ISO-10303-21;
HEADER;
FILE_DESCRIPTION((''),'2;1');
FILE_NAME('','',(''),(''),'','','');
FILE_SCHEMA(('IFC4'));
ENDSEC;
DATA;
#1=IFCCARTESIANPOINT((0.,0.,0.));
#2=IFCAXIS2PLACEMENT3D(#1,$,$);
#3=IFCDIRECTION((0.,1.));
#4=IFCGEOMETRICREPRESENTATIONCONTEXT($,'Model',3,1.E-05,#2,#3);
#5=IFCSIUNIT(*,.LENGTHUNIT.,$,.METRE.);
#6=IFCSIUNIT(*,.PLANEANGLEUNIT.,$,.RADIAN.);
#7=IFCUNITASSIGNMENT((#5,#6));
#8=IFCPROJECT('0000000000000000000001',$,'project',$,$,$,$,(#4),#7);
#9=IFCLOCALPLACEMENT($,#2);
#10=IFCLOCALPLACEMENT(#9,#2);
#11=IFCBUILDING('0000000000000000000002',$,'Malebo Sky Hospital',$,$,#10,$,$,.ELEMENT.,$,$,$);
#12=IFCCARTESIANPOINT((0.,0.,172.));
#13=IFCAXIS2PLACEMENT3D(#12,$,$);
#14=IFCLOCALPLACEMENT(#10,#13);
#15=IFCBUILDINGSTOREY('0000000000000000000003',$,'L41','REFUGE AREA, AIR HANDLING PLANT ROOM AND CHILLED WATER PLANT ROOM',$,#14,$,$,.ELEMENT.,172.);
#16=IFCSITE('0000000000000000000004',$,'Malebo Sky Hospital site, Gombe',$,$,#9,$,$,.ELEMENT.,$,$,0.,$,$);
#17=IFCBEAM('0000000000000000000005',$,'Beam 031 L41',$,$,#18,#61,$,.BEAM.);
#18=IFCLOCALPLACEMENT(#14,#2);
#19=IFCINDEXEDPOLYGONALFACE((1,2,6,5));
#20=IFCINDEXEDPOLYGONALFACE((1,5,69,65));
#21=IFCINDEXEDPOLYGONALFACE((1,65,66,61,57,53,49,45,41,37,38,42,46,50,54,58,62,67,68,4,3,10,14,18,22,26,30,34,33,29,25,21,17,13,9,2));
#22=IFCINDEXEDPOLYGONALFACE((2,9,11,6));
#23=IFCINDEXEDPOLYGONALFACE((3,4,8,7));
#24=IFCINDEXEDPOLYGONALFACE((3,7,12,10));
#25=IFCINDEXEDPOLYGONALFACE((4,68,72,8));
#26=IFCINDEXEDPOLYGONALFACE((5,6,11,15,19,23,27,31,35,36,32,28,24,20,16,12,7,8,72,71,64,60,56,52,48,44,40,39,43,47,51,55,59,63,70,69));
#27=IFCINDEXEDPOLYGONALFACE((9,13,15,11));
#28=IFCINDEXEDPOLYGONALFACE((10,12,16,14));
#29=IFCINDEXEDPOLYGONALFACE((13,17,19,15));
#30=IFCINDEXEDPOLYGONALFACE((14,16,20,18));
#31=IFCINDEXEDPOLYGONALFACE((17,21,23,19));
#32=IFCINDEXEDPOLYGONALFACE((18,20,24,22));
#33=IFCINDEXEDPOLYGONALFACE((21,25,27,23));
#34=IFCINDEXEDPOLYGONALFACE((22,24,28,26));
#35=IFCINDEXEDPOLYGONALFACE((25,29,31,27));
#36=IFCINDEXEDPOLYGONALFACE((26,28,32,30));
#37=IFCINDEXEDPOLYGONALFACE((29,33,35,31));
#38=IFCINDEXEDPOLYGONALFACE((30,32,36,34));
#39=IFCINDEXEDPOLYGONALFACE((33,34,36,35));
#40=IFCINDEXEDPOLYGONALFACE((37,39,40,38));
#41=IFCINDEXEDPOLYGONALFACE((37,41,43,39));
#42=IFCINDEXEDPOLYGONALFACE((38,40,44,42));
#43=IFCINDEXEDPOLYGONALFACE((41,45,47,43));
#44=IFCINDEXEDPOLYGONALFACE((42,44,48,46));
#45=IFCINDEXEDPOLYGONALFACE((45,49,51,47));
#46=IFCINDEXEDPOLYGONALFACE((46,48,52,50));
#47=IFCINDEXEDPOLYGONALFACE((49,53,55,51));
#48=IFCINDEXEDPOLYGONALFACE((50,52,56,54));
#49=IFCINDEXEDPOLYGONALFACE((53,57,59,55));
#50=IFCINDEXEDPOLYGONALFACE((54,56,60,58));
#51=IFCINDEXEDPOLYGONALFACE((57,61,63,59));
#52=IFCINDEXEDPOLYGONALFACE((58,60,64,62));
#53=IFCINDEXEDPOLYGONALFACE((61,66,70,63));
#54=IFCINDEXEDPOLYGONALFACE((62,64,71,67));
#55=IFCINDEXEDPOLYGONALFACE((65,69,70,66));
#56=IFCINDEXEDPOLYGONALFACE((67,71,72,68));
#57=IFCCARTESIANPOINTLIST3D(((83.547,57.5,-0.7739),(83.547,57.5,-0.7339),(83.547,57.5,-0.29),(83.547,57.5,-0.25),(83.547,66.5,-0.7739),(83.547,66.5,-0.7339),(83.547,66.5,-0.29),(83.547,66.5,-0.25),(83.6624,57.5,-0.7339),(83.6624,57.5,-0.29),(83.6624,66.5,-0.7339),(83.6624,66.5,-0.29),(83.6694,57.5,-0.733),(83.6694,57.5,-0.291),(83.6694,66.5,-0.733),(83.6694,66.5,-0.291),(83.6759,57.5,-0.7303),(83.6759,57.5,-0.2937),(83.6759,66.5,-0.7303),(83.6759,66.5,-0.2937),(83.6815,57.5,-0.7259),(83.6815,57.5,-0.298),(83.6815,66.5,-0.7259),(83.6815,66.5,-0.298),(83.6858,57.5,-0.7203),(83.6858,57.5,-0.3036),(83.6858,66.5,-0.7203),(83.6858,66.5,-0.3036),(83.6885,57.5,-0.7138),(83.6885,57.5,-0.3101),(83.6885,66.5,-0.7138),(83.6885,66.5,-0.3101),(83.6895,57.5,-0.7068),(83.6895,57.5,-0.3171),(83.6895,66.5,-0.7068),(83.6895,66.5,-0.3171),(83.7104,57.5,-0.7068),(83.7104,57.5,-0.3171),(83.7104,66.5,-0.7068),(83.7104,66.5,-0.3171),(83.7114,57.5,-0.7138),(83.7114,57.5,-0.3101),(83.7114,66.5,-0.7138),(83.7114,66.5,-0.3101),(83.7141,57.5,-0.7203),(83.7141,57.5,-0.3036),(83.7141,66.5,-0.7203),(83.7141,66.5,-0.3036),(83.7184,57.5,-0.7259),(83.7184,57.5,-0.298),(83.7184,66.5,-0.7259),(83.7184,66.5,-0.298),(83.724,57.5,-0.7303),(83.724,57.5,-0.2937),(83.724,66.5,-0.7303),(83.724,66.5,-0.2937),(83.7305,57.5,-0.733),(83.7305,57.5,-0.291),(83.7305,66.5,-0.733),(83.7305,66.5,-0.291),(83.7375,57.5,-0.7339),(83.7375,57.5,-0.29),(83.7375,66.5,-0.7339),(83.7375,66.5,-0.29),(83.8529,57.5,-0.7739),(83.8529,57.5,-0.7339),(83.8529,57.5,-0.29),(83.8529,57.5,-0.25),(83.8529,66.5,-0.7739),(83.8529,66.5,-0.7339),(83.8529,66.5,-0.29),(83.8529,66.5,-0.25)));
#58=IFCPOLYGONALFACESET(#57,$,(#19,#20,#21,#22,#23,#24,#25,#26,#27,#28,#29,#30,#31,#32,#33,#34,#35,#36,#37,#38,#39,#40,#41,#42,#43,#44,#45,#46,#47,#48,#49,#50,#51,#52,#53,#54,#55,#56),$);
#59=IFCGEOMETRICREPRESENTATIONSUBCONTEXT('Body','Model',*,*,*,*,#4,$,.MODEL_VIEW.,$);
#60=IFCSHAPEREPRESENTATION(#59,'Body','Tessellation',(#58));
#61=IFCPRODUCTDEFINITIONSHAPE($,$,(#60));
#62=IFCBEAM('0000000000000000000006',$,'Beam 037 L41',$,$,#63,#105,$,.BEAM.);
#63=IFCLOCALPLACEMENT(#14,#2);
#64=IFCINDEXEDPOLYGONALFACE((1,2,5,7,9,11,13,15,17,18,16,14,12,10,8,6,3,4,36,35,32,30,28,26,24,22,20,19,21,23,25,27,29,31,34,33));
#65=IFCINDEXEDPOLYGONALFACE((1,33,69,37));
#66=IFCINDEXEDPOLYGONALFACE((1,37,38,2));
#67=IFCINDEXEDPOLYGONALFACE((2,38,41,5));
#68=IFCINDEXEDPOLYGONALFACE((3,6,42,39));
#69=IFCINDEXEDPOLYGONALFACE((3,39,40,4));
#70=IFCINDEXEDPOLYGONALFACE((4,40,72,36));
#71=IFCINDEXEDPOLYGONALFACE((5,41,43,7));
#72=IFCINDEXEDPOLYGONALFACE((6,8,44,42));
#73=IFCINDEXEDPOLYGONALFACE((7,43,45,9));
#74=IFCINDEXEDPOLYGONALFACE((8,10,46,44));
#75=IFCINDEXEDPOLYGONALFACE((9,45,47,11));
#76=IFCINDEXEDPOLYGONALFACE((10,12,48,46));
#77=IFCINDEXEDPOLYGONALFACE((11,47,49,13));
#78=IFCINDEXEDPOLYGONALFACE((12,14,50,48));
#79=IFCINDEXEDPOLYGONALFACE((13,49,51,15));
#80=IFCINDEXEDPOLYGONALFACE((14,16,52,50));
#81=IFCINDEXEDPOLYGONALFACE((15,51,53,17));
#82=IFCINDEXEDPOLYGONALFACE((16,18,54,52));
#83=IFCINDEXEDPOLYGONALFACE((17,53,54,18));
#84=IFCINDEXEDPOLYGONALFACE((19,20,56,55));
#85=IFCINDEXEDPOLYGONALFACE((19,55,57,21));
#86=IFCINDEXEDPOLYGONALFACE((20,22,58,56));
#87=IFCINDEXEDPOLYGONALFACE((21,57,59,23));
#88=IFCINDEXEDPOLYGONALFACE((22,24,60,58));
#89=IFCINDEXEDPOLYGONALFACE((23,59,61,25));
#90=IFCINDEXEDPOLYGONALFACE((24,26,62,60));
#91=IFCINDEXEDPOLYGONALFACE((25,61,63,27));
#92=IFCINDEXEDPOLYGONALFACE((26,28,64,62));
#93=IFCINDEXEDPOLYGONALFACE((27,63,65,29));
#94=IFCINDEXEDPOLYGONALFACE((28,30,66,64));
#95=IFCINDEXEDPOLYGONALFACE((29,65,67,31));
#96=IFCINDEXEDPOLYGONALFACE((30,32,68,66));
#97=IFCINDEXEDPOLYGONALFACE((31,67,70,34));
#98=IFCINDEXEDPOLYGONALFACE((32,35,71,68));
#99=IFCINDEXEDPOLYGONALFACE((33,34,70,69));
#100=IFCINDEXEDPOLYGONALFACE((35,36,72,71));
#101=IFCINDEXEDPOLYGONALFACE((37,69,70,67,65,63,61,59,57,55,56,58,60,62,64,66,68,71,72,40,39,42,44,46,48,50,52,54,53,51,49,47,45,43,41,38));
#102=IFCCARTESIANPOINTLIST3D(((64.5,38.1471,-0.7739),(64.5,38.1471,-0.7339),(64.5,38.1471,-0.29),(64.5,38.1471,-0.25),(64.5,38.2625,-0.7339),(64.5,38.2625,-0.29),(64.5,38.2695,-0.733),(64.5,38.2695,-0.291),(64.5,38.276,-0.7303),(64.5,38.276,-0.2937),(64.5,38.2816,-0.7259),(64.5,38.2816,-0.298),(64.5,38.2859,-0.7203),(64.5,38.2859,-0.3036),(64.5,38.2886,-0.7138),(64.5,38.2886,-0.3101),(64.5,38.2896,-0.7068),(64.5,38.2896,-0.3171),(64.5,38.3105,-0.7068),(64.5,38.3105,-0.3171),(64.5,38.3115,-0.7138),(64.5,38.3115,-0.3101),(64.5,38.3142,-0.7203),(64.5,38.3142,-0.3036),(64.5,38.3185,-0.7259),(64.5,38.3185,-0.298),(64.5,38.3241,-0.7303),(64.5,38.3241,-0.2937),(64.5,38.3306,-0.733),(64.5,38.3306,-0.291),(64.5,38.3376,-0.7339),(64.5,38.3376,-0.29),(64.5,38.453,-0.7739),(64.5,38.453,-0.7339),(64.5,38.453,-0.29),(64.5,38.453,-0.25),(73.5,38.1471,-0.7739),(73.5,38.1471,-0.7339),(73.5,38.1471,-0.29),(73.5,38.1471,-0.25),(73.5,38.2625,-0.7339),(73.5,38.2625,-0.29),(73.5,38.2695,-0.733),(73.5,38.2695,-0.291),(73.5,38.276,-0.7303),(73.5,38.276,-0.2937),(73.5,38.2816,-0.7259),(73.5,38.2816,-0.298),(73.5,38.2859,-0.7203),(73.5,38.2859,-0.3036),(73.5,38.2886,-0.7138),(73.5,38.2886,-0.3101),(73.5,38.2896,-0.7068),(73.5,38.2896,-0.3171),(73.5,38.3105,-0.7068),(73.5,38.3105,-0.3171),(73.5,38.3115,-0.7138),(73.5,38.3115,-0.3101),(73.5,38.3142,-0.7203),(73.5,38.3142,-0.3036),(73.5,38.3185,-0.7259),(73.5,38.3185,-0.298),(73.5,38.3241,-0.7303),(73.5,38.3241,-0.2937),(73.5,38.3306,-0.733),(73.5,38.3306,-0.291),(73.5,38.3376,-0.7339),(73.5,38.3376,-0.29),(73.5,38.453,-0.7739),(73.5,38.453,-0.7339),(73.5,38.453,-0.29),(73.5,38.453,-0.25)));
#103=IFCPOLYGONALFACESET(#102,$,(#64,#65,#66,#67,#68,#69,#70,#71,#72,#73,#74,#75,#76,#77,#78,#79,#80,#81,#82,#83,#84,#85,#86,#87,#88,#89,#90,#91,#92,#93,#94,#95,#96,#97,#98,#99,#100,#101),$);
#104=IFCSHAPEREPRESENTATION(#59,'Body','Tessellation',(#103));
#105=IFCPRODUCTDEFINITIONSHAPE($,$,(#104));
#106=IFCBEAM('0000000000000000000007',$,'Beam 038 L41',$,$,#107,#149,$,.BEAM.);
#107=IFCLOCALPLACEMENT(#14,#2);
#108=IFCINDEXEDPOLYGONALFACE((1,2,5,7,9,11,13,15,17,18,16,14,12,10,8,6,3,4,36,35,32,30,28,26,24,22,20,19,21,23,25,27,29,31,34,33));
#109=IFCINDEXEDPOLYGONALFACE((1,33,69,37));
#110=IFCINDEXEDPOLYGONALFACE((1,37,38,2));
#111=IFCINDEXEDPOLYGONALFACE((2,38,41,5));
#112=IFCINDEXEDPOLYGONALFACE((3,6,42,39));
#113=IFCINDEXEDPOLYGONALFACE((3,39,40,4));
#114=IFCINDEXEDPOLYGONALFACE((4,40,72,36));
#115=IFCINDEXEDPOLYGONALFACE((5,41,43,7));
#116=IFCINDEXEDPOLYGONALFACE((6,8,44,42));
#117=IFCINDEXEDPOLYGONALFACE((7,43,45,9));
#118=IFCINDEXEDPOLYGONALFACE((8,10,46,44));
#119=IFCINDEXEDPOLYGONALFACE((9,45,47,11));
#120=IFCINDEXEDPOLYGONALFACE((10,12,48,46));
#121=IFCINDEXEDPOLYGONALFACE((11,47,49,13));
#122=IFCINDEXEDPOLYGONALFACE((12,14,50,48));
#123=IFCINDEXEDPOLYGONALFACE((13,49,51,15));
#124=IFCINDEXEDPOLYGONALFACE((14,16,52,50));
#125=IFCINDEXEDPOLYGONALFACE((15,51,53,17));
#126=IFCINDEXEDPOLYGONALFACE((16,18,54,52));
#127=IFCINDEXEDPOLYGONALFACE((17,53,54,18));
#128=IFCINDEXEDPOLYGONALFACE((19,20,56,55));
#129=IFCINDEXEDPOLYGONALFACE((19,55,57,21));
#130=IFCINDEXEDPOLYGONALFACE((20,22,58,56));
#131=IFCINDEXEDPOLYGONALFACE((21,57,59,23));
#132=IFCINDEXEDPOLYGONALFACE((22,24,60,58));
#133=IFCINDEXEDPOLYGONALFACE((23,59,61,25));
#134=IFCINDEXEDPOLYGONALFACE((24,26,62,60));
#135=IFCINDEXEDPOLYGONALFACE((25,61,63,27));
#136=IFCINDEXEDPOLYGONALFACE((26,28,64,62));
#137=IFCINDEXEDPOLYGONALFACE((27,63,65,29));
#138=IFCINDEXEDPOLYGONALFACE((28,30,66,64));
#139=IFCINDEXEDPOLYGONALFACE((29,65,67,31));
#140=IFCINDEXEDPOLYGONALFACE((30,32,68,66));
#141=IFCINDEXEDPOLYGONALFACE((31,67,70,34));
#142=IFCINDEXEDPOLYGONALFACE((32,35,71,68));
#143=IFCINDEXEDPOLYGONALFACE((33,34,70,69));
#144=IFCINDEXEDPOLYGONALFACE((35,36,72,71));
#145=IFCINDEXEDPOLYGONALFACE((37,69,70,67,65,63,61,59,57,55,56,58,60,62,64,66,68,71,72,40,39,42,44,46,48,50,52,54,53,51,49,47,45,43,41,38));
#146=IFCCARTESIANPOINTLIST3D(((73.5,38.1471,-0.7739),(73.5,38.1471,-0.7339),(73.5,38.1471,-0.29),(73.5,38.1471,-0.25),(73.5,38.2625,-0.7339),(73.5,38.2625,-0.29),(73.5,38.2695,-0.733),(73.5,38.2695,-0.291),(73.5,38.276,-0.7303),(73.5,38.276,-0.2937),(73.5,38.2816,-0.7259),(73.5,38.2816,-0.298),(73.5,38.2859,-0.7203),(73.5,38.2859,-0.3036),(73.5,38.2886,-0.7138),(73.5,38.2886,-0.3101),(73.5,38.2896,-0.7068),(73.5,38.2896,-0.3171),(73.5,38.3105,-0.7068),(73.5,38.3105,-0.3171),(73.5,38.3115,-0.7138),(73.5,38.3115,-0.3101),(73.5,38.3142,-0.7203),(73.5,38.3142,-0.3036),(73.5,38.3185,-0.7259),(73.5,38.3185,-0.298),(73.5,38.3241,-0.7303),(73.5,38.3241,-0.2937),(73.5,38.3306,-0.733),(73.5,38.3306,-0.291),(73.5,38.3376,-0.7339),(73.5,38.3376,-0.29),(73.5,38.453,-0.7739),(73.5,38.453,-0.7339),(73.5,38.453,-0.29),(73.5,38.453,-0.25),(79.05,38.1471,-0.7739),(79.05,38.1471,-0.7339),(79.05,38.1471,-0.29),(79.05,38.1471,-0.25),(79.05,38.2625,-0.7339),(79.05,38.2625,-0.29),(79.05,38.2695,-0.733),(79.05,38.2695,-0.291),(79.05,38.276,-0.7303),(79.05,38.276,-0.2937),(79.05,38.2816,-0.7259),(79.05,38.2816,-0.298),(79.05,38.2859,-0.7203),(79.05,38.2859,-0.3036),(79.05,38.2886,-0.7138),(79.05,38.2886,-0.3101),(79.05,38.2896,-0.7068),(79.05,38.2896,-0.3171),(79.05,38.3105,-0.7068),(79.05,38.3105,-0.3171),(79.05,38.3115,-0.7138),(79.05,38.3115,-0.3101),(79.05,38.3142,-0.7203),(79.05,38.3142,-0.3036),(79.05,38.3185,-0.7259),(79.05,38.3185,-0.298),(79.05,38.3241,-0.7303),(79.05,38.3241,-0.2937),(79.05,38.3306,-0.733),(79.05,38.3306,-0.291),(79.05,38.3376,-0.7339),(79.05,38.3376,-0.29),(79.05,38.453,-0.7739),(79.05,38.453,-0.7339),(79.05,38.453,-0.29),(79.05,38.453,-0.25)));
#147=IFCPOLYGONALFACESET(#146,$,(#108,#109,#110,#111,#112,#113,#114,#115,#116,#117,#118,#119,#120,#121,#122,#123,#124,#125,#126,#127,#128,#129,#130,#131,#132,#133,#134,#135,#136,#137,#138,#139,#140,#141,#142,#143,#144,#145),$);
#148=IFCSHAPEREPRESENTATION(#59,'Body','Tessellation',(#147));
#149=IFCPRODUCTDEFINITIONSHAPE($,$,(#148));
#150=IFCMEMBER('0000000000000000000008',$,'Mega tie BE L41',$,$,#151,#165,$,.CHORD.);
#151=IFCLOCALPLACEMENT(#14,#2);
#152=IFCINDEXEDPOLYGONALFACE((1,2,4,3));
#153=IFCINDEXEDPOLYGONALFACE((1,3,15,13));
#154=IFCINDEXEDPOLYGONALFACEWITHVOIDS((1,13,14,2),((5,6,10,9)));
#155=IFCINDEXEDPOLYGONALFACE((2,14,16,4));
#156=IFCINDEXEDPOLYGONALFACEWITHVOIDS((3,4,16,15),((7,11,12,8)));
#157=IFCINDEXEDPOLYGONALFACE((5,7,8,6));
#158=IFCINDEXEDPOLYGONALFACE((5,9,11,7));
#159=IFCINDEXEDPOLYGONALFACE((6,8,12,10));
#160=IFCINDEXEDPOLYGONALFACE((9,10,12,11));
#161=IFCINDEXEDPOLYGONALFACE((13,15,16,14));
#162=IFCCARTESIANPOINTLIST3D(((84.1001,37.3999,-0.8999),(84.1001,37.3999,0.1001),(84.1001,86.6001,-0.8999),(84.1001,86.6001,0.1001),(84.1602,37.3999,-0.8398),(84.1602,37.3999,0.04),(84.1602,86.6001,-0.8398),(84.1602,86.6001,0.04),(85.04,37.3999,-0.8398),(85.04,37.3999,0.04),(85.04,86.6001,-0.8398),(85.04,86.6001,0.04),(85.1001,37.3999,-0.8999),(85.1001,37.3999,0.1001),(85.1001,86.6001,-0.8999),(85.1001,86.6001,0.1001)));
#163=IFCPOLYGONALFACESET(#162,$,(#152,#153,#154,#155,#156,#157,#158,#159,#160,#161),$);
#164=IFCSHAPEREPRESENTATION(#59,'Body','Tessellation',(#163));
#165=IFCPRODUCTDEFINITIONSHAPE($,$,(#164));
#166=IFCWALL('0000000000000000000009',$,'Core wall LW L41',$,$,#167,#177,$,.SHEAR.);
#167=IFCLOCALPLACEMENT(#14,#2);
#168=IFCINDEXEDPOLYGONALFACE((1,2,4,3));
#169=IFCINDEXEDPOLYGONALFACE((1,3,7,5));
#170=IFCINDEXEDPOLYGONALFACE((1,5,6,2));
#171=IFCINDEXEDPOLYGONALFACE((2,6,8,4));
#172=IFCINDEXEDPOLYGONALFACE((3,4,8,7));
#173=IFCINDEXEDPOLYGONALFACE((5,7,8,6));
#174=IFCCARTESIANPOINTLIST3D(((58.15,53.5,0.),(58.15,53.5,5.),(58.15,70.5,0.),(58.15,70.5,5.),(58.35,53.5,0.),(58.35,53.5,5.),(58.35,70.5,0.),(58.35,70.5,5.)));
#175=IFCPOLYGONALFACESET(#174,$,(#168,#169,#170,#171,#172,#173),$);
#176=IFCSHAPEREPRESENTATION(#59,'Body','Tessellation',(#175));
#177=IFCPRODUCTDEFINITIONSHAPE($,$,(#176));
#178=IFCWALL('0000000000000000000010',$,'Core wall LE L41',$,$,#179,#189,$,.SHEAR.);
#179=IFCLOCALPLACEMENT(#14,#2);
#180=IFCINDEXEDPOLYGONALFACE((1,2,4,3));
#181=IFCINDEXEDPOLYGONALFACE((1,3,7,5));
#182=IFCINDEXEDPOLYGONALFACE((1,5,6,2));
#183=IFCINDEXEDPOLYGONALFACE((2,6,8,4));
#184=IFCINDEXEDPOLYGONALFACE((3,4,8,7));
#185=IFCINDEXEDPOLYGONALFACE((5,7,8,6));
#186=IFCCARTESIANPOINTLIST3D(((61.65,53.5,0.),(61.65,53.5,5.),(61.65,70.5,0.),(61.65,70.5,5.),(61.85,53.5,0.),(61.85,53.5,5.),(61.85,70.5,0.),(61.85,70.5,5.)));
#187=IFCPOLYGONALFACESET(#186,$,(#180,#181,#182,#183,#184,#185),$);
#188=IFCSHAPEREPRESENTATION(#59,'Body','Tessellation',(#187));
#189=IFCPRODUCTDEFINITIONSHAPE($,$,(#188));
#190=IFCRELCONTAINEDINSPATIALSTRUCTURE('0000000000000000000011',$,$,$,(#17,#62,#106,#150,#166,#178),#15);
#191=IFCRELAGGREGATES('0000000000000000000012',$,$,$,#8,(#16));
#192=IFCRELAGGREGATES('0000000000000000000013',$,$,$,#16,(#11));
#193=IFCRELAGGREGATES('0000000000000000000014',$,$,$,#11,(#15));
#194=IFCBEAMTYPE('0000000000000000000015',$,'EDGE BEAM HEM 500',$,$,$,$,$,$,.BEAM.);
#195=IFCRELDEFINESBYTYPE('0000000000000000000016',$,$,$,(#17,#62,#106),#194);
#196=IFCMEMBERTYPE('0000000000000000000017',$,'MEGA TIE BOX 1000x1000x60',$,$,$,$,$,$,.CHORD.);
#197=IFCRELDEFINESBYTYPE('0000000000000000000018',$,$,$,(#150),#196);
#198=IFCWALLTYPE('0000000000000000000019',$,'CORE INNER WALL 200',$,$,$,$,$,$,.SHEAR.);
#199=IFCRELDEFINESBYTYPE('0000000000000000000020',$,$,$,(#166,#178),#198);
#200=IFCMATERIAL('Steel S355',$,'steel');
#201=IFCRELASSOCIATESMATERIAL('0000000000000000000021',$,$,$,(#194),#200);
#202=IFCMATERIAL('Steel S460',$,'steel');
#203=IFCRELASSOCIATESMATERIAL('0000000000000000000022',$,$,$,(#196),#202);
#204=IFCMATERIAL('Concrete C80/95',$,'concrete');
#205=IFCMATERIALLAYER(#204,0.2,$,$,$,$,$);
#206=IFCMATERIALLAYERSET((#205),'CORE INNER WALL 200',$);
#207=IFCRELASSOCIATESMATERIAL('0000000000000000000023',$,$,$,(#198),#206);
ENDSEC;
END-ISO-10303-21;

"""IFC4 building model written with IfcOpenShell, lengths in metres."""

from ifc_helpers import new_model, si_unit, direction, frame, frame_2d, origin, origin_2d, place, context, subcontext, project, spatial, rectangle, hollow_rectangle, i_section, extrude, material, layer, layer_set, material_profile, profile_set, type_object, element, save


model = new_model("IFC4")

# Units and contexts
model_context = context("Model", 3, precision=1e-05, world=origin(), true_north=direction((0.0, 1.0)))
body_context = subcontext(model_context, "Body", "Model", "MODEL_VIEW")
ifc_project = project(units=[si_unit("LENGTHUNIT", "METRE"), si_unit("PLANEANGLEUNIT", "RADIAN")], contexts=[model_context])

# Site, building, storey
site_placement = place(None, origin())
site = spatial("IfcSite", under=ifc_project, at=site_placement, Name="Malebo Sky Hospital site, Gombe", CompositionType="ELEMENT", RefElevation=0.0)
building_placement = place(site_placement, origin())
building = spatial("IfcBuilding", under=site, at=building_placement, Name="Malebo Sky Hospital", CompositionType="ELEMENT")
storey_placement = place(building_placement, frame((0.0, 0.0, 172.0)))
storey = spatial("IfcBuildingStorey", under=building, at=storey_placement, Name="L41", Description="REFUGE AREA, AIR HANDLING PLANT ROOM AND CHILLED WATER PLANT ROOM", CompositionType="ELEMENT", Elevation=172.0)

# Shared definitions
ifc_material_1 = material(Name="Steel S460", Category="steel")

# Beams
ifc_material_2 = material(Name="Steel S355", Category="steel")
ifc_material_profile_1 = material_profile(ifc_material_2, i_section(OverallWidth=0.3059, OverallDepth=0.5239, WebThickness=0.021, FlangeThickness=0.04, FilletRadius=0.0271, at=origin_2d()), Name="HEM 500")
ifc_profile_set_1 = profile_set([ifc_material_profile_1], Name="Steel S355")
beam_type = type_object("IfcBeamType", Name="EDGE BEAM HEM 500", PredefinedType="BEAM", material=ifc_profile_set_1)
for number, where, z_axis, x_axis, name in (
    (1, (83.7, 57.5, -0.512), (0.0, 1.0, 0.0), (-1.0, 0.0, 0.0), "Beam 031 L41"),
    (2, (64.5, 38.3, -0.512), (1.0, 0.0, 0.0), (0.0, 1.0, 0.0), "Beam 037 L41"),
):
    element("IfcBeam", number, at=place(storey_placement, frame(where, z_axis=z_axis, x_axis=x_axis)), inside=storey, type_object=beam_type, Name=name, PredefinedType="BEAM", context=body_context, shape_type="SweptSolid", body=[
        extrude(i_section(OverallWidth=0.3059, OverallDepth=0.5239, WebThickness=0.021, FlangeThickness=0.04, FilletRadius=0.0271, at=origin_2d()), origin(), (0.0, 0.0, 1.0), 9.0),
    ])
beam_placement = place(storey_placement, frame((73.5, 38.3, -0.512), z_axis=(1.0, 0.0, 0.0), x_axis=(0.0, 1.0, 0.0)))
element("IfcBeam", 3, at=beam_placement, inside=storey, type_object=beam_type, Name="Beam 038 L41", PredefinedType="BEAM", context=body_context, shape_type="SweptSolid", body=[
    extrude(i_section(OverallWidth=0.3059, OverallDepth=0.5239, WebThickness=0.021, FlangeThickness=0.04, FilletRadius=0.0271, at=origin_2d()), origin(), (0.0, 0.0, 1.0), 5.55),
])

# Member
ifc_material_profile_2 = material_profile(ifc_material_1, hollow_rectangle(XDim=1.0, YDim=1.0, WallThickness=0.0601, at=origin_2d()), Name="BOX 1000x1000x60")
ifc_profile_set_2 = profile_set([ifc_material_profile_2], Name="Steel S460")
member_type_1 = type_object("IfcMemberType", Name="MEGA TIE BOX 1000x1000x60", PredefinedType="CHORD", material=ifc_profile_set_2)
member_1_placement = place(storey_placement, frame((84.6001, 37.3999, -0.3999), z_axis=(0.0, 1.0, 0.0), x_axis=(-1.0, 0.0, 0.0)))
element("IfcMember", 4, at=member_1_placement, inside=storey, type_object=member_type_1, Name="Mega tie BE L41", PredefinedType="CHORD", context=body_context, shape_type="SweptSolid", body=[
    extrude(hollow_rectangle(XDim=1.0, YDim=1.0, WallThickness=0.0601, at=origin_2d()), origin(), (0.0, 0.0, 1.0), 49.2002),
])

# Walls
ifc_material_3 = material(Name="Concrete C80/95", Category="concrete")
ifc_layer_1 = layer(ifc_material_3, 0.2)
ifc_layer_set_1 = layer_set([ifc_layer_1], Name="CORE INNER WALL 200")
wall_type_1 = type_object("IfcWallType", Name="CORE INNER WALL 200", PredefinedType="SHEAR", material=ifc_layer_set_1)
for number, where, z_axis, x_axis, name in (
    (5, (58.25, 53.5, 0.0), (0.0, 0.0, 1.0), (0.0, 1.0, 0.0), "Core wall LW L41"),
    (6, (61.75, 53.5, 0.0), (0.0, 0.0, 1.0), (0.0, 1.0, 0.0), "Core wall LE L41"),
):
    element("IfcWall", number, at=place(storey_placement, frame(where, z_axis=z_axis, x_axis=x_axis)), inside=storey, type_object=wall_type_1, Name=name, PredefinedType="SHEAR", context=body_context, shape_type="SweptSolid", body=[
        extrude(rectangle(XDim=17.0, YDim=0.2, at=frame_2d((8.5, 0.0))), origin(), (0.0, 0.0, 1.0), 5.0),
    ])

save(model, "model.ifc")
